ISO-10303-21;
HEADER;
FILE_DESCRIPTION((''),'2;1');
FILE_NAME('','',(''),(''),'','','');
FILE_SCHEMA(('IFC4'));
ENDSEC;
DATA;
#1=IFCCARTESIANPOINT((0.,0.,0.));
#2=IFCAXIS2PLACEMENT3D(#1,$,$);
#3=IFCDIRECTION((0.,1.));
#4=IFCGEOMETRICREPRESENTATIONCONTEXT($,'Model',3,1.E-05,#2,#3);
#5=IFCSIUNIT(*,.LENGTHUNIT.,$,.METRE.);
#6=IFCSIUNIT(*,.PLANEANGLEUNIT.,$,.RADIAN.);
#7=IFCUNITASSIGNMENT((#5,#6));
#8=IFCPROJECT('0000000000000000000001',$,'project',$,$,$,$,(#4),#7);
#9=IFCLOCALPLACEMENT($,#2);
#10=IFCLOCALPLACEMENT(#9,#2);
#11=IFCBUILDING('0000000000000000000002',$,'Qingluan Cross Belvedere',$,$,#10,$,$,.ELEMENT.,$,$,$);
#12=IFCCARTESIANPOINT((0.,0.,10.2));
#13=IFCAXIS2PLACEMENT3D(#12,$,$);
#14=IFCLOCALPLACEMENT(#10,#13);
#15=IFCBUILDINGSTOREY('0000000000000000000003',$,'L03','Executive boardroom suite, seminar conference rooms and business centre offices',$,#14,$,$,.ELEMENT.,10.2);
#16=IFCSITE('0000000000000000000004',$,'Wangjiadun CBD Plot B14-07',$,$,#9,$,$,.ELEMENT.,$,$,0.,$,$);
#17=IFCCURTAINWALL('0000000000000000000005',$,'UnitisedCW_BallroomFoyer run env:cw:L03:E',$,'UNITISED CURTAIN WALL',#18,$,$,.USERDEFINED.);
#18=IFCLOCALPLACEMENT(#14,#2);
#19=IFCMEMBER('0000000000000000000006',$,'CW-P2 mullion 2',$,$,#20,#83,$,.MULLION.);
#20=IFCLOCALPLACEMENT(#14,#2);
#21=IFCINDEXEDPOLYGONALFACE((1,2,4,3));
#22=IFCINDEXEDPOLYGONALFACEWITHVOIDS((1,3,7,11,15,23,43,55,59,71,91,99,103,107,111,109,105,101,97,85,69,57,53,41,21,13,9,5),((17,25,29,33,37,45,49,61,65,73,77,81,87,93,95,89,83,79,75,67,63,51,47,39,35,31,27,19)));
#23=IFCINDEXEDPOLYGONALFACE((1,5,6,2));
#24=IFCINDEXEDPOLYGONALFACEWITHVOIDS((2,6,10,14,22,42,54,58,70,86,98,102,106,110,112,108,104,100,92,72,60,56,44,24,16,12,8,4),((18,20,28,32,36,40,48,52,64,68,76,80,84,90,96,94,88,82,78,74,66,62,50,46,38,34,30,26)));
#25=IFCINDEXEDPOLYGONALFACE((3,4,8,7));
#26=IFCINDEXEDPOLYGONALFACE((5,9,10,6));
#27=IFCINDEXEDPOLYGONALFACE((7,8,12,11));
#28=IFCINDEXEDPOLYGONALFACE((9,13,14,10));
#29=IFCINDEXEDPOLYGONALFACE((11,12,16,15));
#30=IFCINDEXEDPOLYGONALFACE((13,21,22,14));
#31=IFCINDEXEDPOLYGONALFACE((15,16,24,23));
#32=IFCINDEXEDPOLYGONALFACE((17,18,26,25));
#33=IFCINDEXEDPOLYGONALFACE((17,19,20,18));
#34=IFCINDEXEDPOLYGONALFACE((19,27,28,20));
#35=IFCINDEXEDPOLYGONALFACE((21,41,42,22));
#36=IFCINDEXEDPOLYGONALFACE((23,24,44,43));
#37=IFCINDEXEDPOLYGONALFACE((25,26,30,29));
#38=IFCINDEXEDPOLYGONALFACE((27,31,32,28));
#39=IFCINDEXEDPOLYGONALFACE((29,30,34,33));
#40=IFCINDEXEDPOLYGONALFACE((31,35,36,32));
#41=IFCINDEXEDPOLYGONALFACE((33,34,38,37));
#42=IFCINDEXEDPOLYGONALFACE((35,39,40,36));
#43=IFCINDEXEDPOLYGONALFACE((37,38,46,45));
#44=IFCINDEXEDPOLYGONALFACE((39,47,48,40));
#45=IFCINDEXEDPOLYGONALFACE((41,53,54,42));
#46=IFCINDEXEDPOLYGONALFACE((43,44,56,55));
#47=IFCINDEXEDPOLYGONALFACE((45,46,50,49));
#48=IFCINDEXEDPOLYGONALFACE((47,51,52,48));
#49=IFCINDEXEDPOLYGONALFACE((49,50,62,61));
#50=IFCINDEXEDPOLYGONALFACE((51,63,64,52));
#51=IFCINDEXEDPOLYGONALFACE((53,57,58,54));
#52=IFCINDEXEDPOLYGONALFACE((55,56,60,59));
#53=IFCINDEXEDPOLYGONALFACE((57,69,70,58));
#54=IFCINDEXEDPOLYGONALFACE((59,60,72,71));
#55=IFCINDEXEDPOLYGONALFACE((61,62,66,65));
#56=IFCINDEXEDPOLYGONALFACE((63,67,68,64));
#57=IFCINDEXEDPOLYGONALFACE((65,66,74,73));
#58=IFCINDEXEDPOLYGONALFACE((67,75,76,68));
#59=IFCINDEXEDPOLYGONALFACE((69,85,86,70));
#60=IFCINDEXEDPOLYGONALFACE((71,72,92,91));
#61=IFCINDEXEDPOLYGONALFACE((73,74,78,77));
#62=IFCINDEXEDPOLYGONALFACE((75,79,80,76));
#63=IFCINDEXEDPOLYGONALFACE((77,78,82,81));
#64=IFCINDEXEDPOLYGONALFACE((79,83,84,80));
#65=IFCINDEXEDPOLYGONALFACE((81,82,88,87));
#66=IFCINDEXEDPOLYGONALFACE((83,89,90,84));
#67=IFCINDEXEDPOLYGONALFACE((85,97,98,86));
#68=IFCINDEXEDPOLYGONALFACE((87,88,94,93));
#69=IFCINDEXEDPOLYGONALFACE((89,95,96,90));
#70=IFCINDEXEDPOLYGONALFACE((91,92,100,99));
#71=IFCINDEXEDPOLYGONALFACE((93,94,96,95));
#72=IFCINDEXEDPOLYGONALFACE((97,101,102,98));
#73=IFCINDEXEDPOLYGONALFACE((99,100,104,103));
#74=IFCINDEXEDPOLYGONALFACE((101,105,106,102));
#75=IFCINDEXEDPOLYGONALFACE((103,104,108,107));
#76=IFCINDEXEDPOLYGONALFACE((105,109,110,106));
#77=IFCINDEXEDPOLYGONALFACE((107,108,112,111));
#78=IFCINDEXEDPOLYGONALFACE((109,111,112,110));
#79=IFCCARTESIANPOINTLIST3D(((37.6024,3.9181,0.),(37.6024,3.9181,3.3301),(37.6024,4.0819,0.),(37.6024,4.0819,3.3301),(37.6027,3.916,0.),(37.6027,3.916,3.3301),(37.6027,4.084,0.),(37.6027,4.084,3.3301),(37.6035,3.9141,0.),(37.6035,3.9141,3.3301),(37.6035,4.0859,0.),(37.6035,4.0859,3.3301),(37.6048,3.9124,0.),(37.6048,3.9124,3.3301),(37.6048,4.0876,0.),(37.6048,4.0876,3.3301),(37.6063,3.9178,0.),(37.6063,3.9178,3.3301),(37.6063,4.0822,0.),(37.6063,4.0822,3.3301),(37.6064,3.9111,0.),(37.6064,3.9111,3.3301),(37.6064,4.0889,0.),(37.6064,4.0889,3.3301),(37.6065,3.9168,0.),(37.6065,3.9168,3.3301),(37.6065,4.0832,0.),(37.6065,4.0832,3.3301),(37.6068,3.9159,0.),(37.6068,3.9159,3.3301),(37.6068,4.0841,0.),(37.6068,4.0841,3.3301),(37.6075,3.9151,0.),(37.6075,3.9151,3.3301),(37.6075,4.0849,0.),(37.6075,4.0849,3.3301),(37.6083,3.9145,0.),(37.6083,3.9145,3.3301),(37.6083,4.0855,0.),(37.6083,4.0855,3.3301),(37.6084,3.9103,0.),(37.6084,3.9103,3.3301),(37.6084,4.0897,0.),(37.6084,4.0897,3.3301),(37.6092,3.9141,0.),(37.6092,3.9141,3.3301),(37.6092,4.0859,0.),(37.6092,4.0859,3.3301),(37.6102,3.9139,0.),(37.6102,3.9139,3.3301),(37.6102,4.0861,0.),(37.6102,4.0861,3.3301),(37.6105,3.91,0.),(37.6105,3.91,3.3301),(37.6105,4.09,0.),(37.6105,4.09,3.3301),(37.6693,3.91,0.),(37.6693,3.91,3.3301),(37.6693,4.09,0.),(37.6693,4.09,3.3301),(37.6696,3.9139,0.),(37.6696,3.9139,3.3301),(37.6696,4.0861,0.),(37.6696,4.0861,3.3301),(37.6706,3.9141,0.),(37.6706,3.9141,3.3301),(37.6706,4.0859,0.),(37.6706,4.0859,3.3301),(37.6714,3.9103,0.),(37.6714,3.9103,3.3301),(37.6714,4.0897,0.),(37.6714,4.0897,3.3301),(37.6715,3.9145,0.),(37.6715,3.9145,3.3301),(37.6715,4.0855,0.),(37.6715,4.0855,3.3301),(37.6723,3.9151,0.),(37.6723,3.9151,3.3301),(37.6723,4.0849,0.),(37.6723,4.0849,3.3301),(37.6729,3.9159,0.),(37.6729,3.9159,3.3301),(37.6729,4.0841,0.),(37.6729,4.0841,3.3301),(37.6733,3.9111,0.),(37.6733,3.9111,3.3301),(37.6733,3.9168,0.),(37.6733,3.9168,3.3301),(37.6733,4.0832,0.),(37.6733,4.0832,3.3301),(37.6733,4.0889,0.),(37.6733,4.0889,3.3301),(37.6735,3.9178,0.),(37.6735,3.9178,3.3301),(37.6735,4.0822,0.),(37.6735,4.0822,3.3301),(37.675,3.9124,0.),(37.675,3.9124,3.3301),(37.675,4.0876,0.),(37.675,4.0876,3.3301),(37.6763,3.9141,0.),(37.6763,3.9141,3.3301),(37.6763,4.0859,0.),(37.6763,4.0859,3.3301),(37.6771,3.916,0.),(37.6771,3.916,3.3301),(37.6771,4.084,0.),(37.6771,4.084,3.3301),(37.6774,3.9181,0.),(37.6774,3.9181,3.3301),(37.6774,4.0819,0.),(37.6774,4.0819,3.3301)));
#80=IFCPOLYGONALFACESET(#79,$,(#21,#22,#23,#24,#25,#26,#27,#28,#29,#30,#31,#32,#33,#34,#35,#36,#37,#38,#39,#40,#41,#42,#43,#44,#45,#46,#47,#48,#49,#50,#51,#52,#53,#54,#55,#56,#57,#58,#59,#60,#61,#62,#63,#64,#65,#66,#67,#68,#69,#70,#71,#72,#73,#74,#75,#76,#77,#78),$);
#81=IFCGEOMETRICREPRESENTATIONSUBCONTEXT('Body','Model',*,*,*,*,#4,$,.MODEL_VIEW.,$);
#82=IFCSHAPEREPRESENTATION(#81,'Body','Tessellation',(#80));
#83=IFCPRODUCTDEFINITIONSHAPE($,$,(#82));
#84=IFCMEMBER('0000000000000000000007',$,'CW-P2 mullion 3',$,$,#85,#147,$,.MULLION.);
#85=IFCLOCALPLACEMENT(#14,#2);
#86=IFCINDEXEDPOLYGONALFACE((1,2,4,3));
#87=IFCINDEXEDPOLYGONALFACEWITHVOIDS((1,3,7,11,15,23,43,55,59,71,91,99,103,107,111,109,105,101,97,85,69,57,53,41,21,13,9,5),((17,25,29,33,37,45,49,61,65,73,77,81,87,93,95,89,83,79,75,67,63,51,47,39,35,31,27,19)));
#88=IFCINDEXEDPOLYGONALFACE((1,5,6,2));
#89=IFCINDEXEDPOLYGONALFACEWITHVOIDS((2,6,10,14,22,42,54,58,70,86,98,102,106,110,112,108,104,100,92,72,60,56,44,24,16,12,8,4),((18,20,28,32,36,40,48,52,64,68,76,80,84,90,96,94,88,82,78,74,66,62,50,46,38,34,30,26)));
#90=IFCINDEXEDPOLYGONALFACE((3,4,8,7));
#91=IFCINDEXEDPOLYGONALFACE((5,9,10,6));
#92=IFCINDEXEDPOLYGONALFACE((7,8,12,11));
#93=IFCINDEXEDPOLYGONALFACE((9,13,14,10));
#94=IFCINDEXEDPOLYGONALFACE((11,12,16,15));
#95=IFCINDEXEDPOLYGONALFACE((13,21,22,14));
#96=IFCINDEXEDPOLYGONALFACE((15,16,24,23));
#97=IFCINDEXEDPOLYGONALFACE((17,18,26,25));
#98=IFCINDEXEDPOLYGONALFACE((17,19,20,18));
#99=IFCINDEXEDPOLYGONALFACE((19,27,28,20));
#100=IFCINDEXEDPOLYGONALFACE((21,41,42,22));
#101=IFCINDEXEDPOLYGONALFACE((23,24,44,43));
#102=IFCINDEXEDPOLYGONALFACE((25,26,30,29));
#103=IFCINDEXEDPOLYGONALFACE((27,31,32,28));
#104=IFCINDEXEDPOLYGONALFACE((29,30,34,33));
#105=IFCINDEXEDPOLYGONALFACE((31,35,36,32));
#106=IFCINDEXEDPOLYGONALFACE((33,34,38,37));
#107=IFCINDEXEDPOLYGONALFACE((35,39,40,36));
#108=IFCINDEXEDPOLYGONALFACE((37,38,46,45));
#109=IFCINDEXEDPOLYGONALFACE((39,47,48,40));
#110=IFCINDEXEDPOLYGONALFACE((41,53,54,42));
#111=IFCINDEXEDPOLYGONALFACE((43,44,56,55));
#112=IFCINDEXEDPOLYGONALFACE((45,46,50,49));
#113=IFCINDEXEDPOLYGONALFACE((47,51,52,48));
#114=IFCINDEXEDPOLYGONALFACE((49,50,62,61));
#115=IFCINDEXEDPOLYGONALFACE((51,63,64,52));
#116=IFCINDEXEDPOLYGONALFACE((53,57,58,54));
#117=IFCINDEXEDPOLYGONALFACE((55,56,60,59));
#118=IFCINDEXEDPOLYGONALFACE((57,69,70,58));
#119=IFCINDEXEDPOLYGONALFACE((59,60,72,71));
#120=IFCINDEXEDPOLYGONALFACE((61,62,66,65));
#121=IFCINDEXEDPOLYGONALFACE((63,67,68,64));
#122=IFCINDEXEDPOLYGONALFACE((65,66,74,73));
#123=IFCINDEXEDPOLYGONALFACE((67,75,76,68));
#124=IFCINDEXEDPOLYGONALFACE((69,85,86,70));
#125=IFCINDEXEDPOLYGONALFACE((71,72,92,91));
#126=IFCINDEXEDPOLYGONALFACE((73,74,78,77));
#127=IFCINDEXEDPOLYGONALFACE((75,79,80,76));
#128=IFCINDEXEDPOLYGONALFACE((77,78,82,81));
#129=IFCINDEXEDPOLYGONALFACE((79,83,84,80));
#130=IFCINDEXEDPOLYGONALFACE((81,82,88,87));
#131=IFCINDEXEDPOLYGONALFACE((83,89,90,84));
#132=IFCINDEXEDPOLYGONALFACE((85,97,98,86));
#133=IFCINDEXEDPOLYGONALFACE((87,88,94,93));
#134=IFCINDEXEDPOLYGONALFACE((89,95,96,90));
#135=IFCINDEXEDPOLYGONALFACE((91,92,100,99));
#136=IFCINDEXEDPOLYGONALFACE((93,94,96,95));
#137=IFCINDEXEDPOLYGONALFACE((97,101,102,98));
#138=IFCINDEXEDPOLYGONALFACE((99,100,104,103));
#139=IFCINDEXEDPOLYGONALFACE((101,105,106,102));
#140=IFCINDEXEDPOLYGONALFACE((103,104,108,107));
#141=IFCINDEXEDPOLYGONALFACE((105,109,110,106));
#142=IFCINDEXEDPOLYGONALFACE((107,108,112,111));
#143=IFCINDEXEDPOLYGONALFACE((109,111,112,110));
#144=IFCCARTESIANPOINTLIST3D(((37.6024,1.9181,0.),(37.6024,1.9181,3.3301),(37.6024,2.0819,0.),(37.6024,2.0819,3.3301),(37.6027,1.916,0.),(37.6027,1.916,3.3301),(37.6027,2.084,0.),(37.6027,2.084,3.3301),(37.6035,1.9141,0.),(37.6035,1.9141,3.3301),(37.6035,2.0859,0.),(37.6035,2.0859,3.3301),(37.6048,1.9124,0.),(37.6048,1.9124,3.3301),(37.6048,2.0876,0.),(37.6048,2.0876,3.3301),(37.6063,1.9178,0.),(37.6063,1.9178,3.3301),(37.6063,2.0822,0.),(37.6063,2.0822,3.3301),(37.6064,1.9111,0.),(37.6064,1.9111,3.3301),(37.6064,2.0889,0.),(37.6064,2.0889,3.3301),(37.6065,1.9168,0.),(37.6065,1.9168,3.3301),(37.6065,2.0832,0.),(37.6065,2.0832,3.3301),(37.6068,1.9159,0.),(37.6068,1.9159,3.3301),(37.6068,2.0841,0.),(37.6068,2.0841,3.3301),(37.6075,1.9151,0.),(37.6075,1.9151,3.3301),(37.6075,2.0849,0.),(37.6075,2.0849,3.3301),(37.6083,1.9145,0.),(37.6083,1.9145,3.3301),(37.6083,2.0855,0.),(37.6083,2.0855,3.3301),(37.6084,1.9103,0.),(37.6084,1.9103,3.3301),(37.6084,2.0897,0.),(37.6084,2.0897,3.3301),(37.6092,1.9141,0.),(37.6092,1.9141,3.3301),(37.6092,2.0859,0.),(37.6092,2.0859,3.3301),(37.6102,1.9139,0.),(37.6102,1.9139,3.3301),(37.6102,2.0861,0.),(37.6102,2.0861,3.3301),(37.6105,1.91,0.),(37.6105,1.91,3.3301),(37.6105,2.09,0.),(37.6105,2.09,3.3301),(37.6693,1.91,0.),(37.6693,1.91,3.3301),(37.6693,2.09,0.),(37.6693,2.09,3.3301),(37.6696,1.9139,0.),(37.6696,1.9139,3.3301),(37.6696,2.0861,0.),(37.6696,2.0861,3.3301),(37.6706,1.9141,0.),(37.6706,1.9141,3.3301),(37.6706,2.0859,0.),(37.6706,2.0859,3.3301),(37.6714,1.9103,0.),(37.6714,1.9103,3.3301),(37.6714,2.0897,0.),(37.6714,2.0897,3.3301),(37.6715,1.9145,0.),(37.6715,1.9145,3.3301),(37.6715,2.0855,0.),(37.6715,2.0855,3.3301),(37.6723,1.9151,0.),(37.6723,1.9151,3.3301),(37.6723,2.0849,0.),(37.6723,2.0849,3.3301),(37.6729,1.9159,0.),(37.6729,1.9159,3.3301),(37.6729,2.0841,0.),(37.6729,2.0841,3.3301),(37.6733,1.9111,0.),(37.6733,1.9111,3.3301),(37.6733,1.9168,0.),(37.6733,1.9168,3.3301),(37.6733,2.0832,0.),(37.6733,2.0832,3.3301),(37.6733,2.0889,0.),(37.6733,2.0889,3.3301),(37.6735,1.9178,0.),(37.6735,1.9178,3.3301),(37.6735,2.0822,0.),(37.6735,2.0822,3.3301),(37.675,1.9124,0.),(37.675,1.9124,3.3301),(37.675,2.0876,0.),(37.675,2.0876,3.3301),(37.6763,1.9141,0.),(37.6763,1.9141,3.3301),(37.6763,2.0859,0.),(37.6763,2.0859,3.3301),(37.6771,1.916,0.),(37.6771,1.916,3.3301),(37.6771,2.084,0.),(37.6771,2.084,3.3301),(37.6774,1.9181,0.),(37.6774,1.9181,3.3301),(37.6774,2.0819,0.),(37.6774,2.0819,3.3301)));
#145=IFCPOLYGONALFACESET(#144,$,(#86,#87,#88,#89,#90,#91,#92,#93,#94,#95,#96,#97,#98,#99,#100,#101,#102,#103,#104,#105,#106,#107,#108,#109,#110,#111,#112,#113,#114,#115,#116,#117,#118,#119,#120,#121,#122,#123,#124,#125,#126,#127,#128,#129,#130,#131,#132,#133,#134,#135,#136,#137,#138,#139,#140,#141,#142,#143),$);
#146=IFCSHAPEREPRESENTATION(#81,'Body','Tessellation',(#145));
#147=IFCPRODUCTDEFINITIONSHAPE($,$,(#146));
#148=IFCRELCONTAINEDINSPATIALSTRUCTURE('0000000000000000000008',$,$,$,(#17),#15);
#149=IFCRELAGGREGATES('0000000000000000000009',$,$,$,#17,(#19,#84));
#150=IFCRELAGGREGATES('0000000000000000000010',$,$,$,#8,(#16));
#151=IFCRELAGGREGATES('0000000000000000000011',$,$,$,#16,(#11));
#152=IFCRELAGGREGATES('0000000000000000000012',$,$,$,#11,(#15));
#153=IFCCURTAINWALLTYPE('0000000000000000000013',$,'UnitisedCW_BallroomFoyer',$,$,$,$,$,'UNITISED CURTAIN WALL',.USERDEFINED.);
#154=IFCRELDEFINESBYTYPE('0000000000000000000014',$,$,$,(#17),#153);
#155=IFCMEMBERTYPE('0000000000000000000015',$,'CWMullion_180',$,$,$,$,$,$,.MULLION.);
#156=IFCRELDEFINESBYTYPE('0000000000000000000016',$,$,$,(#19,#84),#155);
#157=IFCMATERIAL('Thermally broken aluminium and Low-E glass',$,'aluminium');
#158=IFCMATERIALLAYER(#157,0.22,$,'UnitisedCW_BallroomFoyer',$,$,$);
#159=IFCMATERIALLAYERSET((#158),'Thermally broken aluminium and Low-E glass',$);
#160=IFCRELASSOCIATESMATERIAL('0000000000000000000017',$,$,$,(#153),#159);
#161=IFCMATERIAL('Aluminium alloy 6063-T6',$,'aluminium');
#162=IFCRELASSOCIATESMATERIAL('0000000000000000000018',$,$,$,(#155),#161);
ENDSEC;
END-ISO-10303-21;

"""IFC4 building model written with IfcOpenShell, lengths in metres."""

from ifc_helpers import new_model, si_unit, direction, frame, origin, origin_2d, place, context, subcontext, project, spatial, hollow_rectangle, extrude, material, layer, layer_set, material_profile, profile_set, type_object, element, aggregate, save


model = new_model("IFC4")

# Units and contexts
model_context = context("Model", 3, precision=1e-05, world=origin(), true_north=direction((0.0, 1.0)))
body_context = subcontext(model_context, "Body", "Model", "MODEL_VIEW")
ifc_project = project(units=[si_unit("LENGTHUNIT", "METRE"), si_unit("PLANEANGLEUNIT", "RADIAN")], contexts=[model_context])

# Site, building, storey
site_placement = place(None, origin())
site = spatial("IfcSite", under=ifc_project, at=site_placement, Name="Wangjiadun CBD Plot B14-07", CompositionType="ELEMENT", RefElevation=0.0)
building_placement = place(site_placement, origin())
building = spatial("IfcBuilding", under=site, at=building_placement, Name="Qingluan Cross Belvedere", CompositionType="ELEMENT")
storey_placement = place(building_placement, frame((0.0, 0.0, 10.2)))
storey = spatial("IfcBuildingStorey", under=building, at=storey_placement, Name="L03", Description="Executive boardroom suite, seminar conference rooms and business centre offices", CompositionType="ELEMENT", Elevation=10.2)

# Curtain wall, members
ifc_material_1 = material(Name="Thermally broken aluminium and Low-E glass", Category="aluminium")
ifc_layer_1 = layer(ifc_material_1, 0.22, Name="UnitisedCW_BallroomFoyer")
ifc_layer_set_1 = layer_set([ifc_layer_1], Name="Thermally broken aluminium and Low-E glass")
curtain_wall_type = type_object("IfcCurtainWallType", Name="UnitisedCW_BallroomFoyer", ElementType="UNITISED CURTAIN WALL", PredefinedType="USERDEFINED", material=ifc_layer_set_1)
curtain_wall_placement = place(storey_placement, origin())
curtain_wall = element("IfcCurtainWall", 1, at=curtain_wall_placement, inside=storey, type_object=curtain_wall_type, Name="UnitisedCW_BallroomFoyer run env:cw:L03:E", ObjectType="UNITISED CURTAIN WALL", PredefinedType="USERDEFINED")
ifc_material_2 = material(Name="Aluminium alloy 6063-T6", Category="aluminium")
ifc_material_profile_1 = material_profile(ifc_material_2, hollow_rectangle(XDim=0.075, YDim=0.1799, WallThickness=0.0039, InnerFilletRadius=0.0039, OuterFilletRadius=0.0081, at=origin_2d()), Name="CWM180x75x4")
ifc_profile_set_1 = profile_set([ifc_material_profile_1], Name="Aluminium alloy 6063-T6")
member_type_1 = type_object("IfcMemberType", Name="CWMullion_180", PredefinedType="MULLION", material=ifc_profile_set_1)
member_1_placement = place(storey_placement, frame((37.6399, 4.0, 0.0), z_axis=(0.0, 0.0, 1.0), x_axis=(1.0, 0.0, 0.0)))
member_1 = element("IfcMember", 2, at=member_1_placement, type_object=member_type_1, Name="CW-P2 mullion 2", PredefinedType="MULLION", context=body_context, shape_type="SweptSolid", body=[
    extrude(hollow_rectangle(XDim=0.075, YDim=0.1799, WallThickness=0.0039, InnerFilletRadius=0.0039, OuterFilletRadius=0.0081, at=origin_2d()), origin(), (0.0, 0.0, 1.0), 3.3301),
])
member_2_placement = place(storey_placement, frame((37.6399, 2.0, 0.0), z_axis=(0.0, 0.0, 1.0), x_axis=(1.0, 0.0, 0.0)))
member_2 = element("IfcMember", 3, at=member_2_placement, type_object=member_type_1, Name="CW-P2 mullion 3", PredefinedType="MULLION", context=body_context, shape_type="SweptSolid", body=[
    extrude(hollow_rectangle(XDim=0.075, YDim=0.1799, WallThickness=0.0039, InnerFilletRadius=0.0039, OuterFilletRadius=0.0081, at=origin_2d()), origin(), (0.0, 0.0, 1.0), 3.3301),
])
aggregate(curtain_wall, [member_1, member_2])

save(model, "model.ifc")
